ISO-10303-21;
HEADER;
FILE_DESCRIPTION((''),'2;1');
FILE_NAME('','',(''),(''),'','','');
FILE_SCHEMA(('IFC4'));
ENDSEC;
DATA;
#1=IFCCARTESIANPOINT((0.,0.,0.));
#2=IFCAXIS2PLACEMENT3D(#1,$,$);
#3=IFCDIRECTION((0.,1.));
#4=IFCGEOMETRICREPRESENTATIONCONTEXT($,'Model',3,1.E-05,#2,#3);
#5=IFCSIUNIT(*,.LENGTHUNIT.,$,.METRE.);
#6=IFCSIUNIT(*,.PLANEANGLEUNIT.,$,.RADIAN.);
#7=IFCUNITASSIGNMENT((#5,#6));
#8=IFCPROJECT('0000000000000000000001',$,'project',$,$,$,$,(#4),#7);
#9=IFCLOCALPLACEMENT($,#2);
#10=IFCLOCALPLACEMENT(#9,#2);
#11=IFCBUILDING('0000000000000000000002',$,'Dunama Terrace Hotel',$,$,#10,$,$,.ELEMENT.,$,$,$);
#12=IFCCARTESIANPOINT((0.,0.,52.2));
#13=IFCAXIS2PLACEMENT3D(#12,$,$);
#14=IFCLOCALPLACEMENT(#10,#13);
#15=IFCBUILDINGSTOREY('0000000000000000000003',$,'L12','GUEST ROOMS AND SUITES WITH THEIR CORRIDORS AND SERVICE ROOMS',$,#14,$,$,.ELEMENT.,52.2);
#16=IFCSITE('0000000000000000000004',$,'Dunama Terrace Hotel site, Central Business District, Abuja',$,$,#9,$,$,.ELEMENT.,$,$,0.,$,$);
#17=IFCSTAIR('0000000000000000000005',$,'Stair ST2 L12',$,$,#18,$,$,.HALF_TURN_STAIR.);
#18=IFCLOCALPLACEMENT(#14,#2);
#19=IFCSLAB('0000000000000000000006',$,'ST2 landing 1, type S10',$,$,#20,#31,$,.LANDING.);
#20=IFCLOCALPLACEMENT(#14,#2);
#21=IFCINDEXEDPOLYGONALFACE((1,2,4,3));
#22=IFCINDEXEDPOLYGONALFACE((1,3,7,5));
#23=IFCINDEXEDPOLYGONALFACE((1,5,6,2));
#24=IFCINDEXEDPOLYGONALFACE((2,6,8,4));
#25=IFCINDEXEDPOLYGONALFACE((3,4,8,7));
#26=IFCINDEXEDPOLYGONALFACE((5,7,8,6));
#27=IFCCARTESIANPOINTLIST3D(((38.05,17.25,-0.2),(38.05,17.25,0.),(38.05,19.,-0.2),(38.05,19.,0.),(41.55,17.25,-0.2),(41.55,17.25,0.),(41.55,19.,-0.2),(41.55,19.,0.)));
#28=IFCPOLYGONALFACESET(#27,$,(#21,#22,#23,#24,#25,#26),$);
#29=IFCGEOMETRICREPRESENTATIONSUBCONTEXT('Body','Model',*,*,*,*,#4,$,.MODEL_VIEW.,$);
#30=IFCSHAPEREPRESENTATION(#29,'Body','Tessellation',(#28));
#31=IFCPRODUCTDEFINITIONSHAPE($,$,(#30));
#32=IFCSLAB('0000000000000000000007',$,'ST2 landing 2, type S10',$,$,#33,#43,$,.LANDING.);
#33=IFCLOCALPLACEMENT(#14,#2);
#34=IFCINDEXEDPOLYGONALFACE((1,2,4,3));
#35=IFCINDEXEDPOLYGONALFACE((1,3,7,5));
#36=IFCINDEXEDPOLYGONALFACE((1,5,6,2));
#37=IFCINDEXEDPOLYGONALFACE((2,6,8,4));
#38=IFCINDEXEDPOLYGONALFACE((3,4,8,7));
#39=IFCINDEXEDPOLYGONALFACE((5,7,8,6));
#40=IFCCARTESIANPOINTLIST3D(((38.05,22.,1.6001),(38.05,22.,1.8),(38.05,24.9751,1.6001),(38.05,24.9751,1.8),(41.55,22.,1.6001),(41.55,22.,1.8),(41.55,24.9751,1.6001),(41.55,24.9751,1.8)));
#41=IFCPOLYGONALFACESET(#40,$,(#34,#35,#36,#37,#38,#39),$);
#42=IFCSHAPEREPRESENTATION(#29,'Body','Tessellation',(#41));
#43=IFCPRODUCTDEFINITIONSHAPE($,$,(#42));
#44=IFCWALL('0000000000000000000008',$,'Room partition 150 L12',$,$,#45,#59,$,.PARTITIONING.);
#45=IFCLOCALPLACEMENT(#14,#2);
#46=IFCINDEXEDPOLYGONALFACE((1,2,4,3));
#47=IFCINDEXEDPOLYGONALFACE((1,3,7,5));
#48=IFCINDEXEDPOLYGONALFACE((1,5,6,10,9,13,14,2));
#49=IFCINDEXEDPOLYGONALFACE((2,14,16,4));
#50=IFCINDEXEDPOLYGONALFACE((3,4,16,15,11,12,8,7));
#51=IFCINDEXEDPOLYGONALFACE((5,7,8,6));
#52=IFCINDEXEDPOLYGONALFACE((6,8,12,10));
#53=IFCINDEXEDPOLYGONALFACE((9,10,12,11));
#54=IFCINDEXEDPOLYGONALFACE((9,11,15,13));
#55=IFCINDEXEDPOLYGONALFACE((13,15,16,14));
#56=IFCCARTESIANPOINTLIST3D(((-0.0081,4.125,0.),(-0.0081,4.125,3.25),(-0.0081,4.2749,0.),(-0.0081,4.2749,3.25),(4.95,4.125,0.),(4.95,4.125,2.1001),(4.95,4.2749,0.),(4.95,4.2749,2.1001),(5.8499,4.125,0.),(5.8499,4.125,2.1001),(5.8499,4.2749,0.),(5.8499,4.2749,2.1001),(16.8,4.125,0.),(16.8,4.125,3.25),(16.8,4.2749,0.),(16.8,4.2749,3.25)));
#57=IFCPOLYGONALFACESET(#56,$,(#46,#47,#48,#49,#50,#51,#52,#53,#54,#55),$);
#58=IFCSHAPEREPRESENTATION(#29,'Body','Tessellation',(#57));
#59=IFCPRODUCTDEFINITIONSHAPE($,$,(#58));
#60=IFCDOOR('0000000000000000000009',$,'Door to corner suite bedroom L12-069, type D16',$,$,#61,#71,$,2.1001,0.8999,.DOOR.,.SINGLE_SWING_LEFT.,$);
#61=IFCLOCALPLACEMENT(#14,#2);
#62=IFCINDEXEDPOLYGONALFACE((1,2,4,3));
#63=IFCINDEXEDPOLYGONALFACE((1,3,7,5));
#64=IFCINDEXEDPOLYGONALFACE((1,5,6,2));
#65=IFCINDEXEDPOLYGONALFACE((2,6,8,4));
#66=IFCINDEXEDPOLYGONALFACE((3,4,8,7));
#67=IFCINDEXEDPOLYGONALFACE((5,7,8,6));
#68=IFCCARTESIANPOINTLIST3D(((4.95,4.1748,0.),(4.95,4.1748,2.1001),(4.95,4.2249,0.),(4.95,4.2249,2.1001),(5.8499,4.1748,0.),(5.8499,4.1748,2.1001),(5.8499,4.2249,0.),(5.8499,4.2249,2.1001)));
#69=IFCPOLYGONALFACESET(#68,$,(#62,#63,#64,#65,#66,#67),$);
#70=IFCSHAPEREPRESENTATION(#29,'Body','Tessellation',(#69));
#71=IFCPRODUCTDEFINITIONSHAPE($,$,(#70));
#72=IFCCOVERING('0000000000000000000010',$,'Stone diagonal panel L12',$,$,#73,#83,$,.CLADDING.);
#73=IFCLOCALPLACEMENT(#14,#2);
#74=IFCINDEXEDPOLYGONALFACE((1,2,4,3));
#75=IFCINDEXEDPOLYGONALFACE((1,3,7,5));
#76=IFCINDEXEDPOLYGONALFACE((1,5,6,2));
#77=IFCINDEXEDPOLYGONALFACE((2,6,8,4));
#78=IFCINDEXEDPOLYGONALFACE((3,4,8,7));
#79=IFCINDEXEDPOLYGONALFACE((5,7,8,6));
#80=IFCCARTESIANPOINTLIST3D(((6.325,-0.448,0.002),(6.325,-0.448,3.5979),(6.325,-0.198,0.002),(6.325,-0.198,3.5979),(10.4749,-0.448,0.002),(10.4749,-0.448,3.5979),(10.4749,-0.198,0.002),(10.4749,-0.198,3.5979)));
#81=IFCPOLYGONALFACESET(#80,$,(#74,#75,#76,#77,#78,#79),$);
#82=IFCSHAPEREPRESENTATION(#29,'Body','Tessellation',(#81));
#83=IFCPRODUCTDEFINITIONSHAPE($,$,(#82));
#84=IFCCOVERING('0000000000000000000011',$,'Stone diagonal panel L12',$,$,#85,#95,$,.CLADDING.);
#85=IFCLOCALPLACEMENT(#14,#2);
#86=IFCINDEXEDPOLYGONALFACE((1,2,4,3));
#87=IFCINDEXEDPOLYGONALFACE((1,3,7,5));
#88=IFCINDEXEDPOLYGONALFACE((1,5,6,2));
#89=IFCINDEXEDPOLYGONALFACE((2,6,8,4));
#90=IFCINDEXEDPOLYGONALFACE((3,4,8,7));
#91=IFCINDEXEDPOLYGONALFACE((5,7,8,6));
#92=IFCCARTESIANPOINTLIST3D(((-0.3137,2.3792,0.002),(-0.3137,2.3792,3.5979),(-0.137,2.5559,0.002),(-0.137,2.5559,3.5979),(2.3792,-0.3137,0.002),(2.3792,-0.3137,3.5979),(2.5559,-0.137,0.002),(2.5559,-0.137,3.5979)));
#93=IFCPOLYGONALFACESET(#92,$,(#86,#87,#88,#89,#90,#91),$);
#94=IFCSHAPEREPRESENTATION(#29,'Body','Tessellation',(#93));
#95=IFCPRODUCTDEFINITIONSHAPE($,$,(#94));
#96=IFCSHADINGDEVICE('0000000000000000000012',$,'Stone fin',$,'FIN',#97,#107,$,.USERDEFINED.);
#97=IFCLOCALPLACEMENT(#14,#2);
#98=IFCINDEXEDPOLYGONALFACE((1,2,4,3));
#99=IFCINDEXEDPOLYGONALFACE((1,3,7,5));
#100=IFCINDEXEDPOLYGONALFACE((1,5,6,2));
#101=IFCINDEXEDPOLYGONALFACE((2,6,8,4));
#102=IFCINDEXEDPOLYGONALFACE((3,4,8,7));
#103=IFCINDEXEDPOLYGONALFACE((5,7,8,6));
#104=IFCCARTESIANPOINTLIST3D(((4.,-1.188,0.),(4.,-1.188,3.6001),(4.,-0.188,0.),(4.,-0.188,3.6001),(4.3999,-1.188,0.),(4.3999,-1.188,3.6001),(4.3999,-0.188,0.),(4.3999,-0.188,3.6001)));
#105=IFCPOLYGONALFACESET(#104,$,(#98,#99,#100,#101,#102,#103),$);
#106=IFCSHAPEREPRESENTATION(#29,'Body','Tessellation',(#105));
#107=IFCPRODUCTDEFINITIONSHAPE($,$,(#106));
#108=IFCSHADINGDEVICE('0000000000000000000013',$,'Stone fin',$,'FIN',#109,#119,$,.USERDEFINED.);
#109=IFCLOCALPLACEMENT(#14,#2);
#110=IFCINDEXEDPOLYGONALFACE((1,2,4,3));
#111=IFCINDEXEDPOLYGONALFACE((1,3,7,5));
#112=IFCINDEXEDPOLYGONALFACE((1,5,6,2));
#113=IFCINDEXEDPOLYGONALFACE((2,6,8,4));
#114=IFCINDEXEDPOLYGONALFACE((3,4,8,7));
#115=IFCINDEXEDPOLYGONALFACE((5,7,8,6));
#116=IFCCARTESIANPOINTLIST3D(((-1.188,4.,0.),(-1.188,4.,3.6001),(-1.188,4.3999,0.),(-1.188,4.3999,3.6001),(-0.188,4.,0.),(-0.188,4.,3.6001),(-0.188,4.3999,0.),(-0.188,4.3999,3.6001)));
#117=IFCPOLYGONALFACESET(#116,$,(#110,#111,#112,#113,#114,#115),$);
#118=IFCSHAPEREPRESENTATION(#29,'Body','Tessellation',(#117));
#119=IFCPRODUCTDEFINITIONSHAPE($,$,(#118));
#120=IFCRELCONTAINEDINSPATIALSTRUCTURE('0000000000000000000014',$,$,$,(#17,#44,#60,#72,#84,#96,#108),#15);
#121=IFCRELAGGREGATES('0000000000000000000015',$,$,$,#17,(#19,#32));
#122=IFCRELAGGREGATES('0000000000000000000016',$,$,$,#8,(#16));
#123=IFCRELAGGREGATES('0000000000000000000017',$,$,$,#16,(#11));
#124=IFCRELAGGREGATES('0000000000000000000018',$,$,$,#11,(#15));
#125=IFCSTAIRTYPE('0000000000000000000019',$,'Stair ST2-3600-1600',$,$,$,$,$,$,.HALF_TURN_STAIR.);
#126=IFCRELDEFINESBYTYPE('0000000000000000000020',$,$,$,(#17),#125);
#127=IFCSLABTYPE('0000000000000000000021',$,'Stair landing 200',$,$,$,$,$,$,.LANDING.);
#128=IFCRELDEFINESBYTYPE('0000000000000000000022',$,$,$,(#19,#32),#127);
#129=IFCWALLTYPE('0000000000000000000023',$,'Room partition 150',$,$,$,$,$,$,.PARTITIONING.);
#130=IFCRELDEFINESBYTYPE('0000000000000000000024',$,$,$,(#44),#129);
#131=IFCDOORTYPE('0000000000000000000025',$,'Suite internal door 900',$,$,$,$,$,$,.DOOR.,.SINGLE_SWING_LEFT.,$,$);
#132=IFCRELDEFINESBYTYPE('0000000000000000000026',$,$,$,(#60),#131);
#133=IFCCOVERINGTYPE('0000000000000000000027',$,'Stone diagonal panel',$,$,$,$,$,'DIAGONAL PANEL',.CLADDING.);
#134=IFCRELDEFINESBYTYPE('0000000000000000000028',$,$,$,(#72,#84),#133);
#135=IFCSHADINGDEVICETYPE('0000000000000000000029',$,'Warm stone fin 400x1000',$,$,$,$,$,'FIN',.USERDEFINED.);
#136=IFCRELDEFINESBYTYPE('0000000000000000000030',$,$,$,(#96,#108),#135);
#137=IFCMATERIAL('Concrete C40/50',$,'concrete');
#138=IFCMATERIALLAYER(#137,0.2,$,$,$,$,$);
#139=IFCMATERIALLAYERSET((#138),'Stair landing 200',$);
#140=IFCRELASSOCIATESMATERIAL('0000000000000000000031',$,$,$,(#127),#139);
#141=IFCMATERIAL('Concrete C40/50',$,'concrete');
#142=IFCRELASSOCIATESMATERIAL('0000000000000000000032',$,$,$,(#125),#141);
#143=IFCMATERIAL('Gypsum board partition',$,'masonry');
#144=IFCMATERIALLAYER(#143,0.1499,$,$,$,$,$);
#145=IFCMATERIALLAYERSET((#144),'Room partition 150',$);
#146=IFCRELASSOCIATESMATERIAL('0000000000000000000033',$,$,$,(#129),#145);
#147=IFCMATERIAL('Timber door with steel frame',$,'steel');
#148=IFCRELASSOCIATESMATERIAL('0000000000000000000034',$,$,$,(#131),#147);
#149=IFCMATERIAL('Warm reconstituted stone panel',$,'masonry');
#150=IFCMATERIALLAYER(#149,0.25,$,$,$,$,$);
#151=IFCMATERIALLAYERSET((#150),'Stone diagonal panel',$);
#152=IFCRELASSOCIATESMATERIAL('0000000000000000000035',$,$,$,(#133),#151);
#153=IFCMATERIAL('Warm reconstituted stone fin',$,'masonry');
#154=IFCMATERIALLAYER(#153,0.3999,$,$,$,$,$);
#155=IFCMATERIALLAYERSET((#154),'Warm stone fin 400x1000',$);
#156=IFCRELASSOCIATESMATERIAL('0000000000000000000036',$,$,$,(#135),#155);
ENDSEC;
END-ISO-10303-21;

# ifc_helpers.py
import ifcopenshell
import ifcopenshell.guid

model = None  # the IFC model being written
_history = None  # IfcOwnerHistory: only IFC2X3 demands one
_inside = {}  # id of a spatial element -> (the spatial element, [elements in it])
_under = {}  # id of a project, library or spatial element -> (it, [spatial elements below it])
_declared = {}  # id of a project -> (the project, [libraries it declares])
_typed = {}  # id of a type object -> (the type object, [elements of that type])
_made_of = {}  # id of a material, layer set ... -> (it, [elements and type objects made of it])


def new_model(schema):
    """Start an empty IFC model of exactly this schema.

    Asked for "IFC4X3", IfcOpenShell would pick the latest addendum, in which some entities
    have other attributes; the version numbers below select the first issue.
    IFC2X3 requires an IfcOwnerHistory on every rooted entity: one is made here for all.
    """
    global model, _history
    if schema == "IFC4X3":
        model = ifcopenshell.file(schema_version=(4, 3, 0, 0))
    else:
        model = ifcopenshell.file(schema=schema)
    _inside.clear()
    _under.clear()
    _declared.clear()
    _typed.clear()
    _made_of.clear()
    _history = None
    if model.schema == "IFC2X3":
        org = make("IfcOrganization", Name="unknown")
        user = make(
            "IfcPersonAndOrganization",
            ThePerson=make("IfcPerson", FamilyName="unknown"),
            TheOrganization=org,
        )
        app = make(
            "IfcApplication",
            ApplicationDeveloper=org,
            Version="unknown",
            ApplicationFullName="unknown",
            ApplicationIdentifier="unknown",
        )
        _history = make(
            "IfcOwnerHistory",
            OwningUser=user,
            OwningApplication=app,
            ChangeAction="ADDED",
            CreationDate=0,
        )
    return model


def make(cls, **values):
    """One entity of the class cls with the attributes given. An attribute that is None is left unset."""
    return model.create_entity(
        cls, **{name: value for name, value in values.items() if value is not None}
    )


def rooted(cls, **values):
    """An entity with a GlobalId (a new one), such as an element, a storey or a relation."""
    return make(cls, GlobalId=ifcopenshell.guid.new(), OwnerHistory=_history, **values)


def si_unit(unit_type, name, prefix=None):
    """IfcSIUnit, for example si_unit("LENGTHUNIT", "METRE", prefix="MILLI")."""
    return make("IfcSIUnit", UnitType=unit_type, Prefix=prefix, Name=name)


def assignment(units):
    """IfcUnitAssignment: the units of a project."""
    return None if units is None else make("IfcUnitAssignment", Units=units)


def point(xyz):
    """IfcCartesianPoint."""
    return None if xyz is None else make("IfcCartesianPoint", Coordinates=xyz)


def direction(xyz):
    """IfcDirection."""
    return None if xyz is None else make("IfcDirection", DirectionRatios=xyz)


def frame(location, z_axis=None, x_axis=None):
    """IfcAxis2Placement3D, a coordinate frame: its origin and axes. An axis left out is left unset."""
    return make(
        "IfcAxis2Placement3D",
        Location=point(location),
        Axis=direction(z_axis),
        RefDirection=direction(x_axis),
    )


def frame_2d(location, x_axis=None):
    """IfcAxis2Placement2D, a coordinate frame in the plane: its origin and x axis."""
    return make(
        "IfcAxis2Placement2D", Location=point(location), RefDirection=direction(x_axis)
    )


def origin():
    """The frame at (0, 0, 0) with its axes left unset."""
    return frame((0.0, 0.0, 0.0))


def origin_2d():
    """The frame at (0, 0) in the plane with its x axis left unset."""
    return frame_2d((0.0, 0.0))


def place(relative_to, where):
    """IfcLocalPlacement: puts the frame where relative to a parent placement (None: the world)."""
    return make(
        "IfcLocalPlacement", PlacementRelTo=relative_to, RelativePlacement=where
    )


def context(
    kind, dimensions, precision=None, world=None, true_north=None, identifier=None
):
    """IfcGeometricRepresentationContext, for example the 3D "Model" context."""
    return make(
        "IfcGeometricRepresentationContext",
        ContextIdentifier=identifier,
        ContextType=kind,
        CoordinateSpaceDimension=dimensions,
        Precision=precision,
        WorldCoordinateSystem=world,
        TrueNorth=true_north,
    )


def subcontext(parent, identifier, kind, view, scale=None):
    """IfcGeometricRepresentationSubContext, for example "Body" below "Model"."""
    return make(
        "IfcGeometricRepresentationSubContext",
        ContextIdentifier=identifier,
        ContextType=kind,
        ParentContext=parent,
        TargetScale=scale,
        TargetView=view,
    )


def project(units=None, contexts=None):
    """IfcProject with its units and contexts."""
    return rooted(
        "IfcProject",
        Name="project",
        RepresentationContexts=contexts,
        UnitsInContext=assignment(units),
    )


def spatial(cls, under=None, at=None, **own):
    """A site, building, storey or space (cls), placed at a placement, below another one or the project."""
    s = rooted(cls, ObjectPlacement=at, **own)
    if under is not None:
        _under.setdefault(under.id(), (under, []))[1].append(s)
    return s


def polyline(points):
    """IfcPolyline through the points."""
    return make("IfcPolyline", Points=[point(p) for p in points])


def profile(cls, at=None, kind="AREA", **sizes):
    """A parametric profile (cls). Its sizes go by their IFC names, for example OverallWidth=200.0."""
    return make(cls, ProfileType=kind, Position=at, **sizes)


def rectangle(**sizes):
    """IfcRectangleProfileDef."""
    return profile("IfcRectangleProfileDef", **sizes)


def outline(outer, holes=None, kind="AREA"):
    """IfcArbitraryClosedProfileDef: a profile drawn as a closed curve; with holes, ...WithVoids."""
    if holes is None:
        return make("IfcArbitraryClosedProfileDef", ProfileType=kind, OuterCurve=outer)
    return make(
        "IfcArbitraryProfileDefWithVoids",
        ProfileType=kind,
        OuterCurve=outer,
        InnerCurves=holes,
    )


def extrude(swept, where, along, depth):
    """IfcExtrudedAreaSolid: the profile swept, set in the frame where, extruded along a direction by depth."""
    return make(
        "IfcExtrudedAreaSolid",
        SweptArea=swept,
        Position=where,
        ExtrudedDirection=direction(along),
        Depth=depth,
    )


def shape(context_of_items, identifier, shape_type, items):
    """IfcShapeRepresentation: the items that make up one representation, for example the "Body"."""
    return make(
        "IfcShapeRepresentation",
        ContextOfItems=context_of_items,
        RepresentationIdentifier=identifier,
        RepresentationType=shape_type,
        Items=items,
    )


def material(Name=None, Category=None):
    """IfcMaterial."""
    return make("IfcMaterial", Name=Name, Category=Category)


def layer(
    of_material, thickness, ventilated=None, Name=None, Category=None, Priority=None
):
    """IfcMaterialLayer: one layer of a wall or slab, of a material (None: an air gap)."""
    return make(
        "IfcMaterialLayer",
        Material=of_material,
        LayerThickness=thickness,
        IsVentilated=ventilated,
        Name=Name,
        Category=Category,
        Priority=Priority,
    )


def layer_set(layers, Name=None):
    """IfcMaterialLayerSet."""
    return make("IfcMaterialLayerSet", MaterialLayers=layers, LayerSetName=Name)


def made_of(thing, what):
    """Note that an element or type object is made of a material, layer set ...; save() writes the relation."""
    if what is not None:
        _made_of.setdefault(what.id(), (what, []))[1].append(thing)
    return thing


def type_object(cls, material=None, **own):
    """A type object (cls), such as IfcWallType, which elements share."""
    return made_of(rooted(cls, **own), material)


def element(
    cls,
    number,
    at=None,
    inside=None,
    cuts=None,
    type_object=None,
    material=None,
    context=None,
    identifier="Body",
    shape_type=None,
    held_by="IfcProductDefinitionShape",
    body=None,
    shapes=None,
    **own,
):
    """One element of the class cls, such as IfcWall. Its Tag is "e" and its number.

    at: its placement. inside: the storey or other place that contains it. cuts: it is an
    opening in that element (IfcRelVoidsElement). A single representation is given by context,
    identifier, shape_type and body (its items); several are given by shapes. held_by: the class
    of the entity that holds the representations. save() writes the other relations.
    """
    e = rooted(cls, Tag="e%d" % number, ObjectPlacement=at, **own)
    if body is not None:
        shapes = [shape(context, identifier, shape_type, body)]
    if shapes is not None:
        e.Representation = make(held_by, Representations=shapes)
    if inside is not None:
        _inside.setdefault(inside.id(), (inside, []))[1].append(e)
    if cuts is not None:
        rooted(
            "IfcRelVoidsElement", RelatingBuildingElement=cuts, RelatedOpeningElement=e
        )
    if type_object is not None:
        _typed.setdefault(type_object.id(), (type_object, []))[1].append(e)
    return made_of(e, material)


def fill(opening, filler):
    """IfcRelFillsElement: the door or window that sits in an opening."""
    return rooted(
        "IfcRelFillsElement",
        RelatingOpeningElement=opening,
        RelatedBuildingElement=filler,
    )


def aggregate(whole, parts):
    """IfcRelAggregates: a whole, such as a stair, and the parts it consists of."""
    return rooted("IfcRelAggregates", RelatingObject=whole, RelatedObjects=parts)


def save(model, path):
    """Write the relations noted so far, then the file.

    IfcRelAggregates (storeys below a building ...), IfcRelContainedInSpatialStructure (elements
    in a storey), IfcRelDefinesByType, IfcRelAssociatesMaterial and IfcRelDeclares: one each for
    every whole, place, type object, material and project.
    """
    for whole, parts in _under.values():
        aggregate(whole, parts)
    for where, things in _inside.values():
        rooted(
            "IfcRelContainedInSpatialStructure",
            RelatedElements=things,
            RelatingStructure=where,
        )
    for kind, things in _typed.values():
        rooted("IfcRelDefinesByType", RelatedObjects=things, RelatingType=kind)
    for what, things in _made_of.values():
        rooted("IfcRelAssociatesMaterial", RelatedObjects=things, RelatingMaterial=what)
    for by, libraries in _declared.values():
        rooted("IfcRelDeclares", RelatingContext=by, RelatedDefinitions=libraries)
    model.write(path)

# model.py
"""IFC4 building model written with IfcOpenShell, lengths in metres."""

from ifc_helpers import new_model, si_unit, direction, frame, frame_2d, origin, origin_2d, place, context, subcontext, project, spatial, polyline, rectangle, outline, extrude, material, layer, layer_set, type_object, element, fill, aggregate, save


model = new_model("IFC4")

# Units and contexts
model_context = context("Model", 3, precision=1e-05, world=origin(), true_north=direction((0.0, 1.0)))
body_context = subcontext(model_context, "Body", "Model", "MODEL_VIEW")
ifc_project = project(units=[si_unit("LENGTHUNIT", "METRE"), si_unit("PLANEANGLEUNIT", "RADIAN")], contexts=[model_context])

# Site, building, storey
site_placement = place(None, origin())
site = spatial("IfcSite", under=ifc_project, at=site_placement, Name="Dunama Terrace Hotel site, Central Business District, Abuja", CompositionType="ELEMENT", RefElevation=0.0)
building_placement = place(site_placement, origin())
building = spatial("IfcBuilding", under=site, at=building_placement, Name="Dunama Terrace Hotel", CompositionType="ELEMENT")
storey_placement = place(building_placement, frame((0.0, 0.0, 52.2)))
storey = spatial("IfcBuildingStorey", under=building, at=storey_placement, Name="L12", Description="GUEST ROOMS AND SUITES WITH THEIR CORRIDORS AND SERVICE ROOMS", CompositionType="ELEMENT", Elevation=52.2)

# Stair, slabs
ifc_material_1 = material(Name="Concrete C40/50", Category="concrete")
ifc_layer_1 = layer(ifc_material_1, 0.2)
ifc_layer_set_1 = layer_set([ifc_layer_1], Name="Stair landing 200")
slab_type_1 = type_object("IfcSlabType", Name="Stair landing 200", PredefinedType="LANDING", material=ifc_layer_set_1)
ifc_material_2 = material(Name="Concrete C40/50", Category="concrete")
stair_type_1 = type_object("IfcStairType", Name="Stair ST2-3600-1600", PredefinedType="HALF_TURN_STAIR", material=ifc_material_2)
stair_1_placement = place(storey_placement, origin())
stair_1 = element("IfcStair", 1, at=stair_1_placement, inside=storey, type_object=stair_type_1, Name="Stair ST2 L12", PredefinedType="HALF_TURN_STAIR")
slab_1_placement = place(storey_placement, frame((0.0, 0.0, -0.2)))
slab_1 = element("IfcSlab", 2, at=slab_1_placement, type_object=slab_type_1, Name="ST2 landing 1, type S10", PredefinedType="LANDING", context=body_context, shape_type="SweptSolid", body=[
    extrude(outline(polyline([(38.05, 17.25), (41.55, 17.25), (41.55, 19.0), (38.05, 19.0), (38.05, 17.25)])), origin(), (0.0, 0.0, 1.0), 0.2),
])
slab_2_placement = place(storey_placement, frame((0.0, 0.0, 1.6001)))
slab_2 = element("IfcSlab", 3, at=slab_2_placement, type_object=slab_type_1, Name="ST2 landing 2, type S10", PredefinedType="LANDING", context=body_context, shape_type="SweptSolid", body=[
    extrude(outline(polyline([(38.05, 22.0), (41.55, 22.0), (41.55, 24.9751), (38.05, 24.9751), (38.05, 22.0)])), origin(), (0.0, 0.0, 1.0), 0.2),
])
aggregate(stair_1, [slab_1, slab_2])

# Wall, opening, door
ifc_material_3 = material(Name="Gypsum board partition", Category="masonry")
ifc_layer_2 = layer(ifc_material_3, 0.1499)
ifc_layer_set_2 = layer_set([ifc_layer_2], Name="Room partition 150")
wall_type = type_object("IfcWallType", Name="Room partition 150", PredefinedType="PARTITIONING", material=ifc_layer_set_2)
wall_placement = place(storey_placement, frame((-0.0081, 4.2, 0.0), z_axis=(0.0, 0.0, 1.0), x_axis=(1.0, 0.0, 0.0)))
wall = element("IfcWall", 4, at=wall_placement, inside=storey, type_object=wall_type, Name="Room partition 150 L12", PredefinedType="PARTITIONING", context=body_context, shape_type="SweptSolid", body=[
    extrude(rectangle(XDim=16.8081, YDim=0.1499, at=frame_2d((8.4041, 0.0))), origin(), (0.0, 0.0, 1.0), 3.25),
])
opening_placement = place(wall_placement, frame((4.958, 0.0, 0.0)))
opening = element("IfcOpeningElement", 5, at=opening_placement, cuts=wall, PredefinedType="OPENING", context=body_context, shape_type="SweptSolid", body=[
    extrude(rectangle(XDim=0.8999, YDim=2.1001, at=frame_2d((0.45, 1.05))), frame((0.0, 0.085, 0.0), z_axis=(0.0, -1.0, 0.0), x_axis=(1.0, 0.0, 0.0)), (0.0, 0.0, 1.0), 0.1699),
])
ifc_material_4 = material(Name="Timber door with steel frame", Category="steel")
door_type = type_object("IfcDoorType", Name="Suite internal door 900", OperationType="SINGLE_SWING_LEFT", PredefinedType="DOOR", material=ifc_material_4)
door_placement = place(opening_placement, frame((0.8999, 0.0, 0.0), z_axis=(0.0, 0.0, 1.0), x_axis=(-1.0, 0.0, 0.0)))
door = element("IfcDoor", 6, at=door_placement, inside=storey, type_object=door_type, Name="Door to corner suite bedroom L12-069, type D16", OperationType="SINGLE_SWING_LEFT", OverallHeight=2.1001, OverallWidth=0.8999, PredefinedType="DOOR", context=body_context, shape_type="SweptSolid", body=[
    extrude(rectangle(XDim=0.8999, YDim=2.1001, at=frame_2d((0.45, 1.05))), frame((0.0, 0.0251, 0.0), z_axis=(0.0, -1.0, 0.0), x_axis=(1.0, 0.0, 0.0)), (0.0, 0.0, 1.0), 0.05),
])
fill(opening, door)

# Coverings
ifc_material_5 = material(Name="Warm reconstituted stone panel", Category="masonry")
ifc_layer_3 = layer(ifc_material_5, 0.25)
ifc_layer_set_3 = layer_set([ifc_layer_3], Name="Stone diagonal panel")
covering_type = type_object("IfcCoveringType", Name="Stone diagonal panel", ElementType="DIAGONAL PANEL", PredefinedType="CLADDING", material=ifc_layer_set_3)
covering_1_placement = place(storey_placement, frame((8.3999, -0.323, 0.002), z_axis=(0.0, 0.0, 1.0), x_axis=(1.0, 0.0, 0.0)))
element("IfcCovering", 7, at=covering_1_placement, inside=storey, type_object=covering_type, Name="Stone diagonal panel L12", PredefinedType="CLADDING", context=body_context, shape_type="SweptSolid", body=[
    extrude(rectangle(XDim=4.1499, YDim=0.25, at=origin_2d()), origin(), (0.0, 0.0, 1.0), 3.5959),
])
covering_2_placement = place(storey_placement, frame((1.1211, 1.1211, 0.002), z_axis=(0.0, 0.0, 1.0), x_axis=(0.707107, -0.707107, 0.0)))
element("IfcCovering", 8, at=covering_2_placement, inside=storey, type_object=covering_type, Name="Stone diagonal panel L12", PredefinedType="CLADDING", context=body_context, shape_type="SweptSolid", body=[
    extrude(rectangle(XDim=3.8083, YDim=0.25, at=origin_2d()), origin(), (0.0, 0.0, 1.0), 3.5959),
])

# Shading devices
ifc_material_6 = material(Name="Warm reconstituted stone fin", Category="masonry")
ifc_layer_4 = layer(ifc_material_6, 0.3999)
ifc_layer_set_4 = layer_set([ifc_layer_4], Name="Warm stone fin 400x1000")
shading_device_type = type_object("IfcShadingDeviceType", Name="Warm stone fin 400x1000", ElementType="FIN", PredefinedType="USERDEFINED", material=ifc_layer_set_4)
for number, where, z_axis, x_axis, name in (
    (9, (4.2, -0.688, 0.0), (0.0, 0.0, 1.0), (1.0, 0.0, 0.0), "Stone fin"),
    (10, (-0.688, 4.2, 0.0), (0.0, 0.0, 1.0), (0.0, -1.0, 0.0), "Stone fin"),
):
    element("IfcShadingDevice", number, at=place(storey_placement, frame(where, z_axis=z_axis, x_axis=x_axis)), inside=storey, type_object=shading_device_type, Name=name, ObjectType="FIN", PredefinedType="USERDEFINED", context=body_context, shape_type="SweptSolid", body=[
        extrude(rectangle(XDim=0.3999, YDim=1.0, at=origin_2d()), origin(), (0.0, 0.0, 1.0), 3.6001),
    ])

save(model, "model.ifc")
